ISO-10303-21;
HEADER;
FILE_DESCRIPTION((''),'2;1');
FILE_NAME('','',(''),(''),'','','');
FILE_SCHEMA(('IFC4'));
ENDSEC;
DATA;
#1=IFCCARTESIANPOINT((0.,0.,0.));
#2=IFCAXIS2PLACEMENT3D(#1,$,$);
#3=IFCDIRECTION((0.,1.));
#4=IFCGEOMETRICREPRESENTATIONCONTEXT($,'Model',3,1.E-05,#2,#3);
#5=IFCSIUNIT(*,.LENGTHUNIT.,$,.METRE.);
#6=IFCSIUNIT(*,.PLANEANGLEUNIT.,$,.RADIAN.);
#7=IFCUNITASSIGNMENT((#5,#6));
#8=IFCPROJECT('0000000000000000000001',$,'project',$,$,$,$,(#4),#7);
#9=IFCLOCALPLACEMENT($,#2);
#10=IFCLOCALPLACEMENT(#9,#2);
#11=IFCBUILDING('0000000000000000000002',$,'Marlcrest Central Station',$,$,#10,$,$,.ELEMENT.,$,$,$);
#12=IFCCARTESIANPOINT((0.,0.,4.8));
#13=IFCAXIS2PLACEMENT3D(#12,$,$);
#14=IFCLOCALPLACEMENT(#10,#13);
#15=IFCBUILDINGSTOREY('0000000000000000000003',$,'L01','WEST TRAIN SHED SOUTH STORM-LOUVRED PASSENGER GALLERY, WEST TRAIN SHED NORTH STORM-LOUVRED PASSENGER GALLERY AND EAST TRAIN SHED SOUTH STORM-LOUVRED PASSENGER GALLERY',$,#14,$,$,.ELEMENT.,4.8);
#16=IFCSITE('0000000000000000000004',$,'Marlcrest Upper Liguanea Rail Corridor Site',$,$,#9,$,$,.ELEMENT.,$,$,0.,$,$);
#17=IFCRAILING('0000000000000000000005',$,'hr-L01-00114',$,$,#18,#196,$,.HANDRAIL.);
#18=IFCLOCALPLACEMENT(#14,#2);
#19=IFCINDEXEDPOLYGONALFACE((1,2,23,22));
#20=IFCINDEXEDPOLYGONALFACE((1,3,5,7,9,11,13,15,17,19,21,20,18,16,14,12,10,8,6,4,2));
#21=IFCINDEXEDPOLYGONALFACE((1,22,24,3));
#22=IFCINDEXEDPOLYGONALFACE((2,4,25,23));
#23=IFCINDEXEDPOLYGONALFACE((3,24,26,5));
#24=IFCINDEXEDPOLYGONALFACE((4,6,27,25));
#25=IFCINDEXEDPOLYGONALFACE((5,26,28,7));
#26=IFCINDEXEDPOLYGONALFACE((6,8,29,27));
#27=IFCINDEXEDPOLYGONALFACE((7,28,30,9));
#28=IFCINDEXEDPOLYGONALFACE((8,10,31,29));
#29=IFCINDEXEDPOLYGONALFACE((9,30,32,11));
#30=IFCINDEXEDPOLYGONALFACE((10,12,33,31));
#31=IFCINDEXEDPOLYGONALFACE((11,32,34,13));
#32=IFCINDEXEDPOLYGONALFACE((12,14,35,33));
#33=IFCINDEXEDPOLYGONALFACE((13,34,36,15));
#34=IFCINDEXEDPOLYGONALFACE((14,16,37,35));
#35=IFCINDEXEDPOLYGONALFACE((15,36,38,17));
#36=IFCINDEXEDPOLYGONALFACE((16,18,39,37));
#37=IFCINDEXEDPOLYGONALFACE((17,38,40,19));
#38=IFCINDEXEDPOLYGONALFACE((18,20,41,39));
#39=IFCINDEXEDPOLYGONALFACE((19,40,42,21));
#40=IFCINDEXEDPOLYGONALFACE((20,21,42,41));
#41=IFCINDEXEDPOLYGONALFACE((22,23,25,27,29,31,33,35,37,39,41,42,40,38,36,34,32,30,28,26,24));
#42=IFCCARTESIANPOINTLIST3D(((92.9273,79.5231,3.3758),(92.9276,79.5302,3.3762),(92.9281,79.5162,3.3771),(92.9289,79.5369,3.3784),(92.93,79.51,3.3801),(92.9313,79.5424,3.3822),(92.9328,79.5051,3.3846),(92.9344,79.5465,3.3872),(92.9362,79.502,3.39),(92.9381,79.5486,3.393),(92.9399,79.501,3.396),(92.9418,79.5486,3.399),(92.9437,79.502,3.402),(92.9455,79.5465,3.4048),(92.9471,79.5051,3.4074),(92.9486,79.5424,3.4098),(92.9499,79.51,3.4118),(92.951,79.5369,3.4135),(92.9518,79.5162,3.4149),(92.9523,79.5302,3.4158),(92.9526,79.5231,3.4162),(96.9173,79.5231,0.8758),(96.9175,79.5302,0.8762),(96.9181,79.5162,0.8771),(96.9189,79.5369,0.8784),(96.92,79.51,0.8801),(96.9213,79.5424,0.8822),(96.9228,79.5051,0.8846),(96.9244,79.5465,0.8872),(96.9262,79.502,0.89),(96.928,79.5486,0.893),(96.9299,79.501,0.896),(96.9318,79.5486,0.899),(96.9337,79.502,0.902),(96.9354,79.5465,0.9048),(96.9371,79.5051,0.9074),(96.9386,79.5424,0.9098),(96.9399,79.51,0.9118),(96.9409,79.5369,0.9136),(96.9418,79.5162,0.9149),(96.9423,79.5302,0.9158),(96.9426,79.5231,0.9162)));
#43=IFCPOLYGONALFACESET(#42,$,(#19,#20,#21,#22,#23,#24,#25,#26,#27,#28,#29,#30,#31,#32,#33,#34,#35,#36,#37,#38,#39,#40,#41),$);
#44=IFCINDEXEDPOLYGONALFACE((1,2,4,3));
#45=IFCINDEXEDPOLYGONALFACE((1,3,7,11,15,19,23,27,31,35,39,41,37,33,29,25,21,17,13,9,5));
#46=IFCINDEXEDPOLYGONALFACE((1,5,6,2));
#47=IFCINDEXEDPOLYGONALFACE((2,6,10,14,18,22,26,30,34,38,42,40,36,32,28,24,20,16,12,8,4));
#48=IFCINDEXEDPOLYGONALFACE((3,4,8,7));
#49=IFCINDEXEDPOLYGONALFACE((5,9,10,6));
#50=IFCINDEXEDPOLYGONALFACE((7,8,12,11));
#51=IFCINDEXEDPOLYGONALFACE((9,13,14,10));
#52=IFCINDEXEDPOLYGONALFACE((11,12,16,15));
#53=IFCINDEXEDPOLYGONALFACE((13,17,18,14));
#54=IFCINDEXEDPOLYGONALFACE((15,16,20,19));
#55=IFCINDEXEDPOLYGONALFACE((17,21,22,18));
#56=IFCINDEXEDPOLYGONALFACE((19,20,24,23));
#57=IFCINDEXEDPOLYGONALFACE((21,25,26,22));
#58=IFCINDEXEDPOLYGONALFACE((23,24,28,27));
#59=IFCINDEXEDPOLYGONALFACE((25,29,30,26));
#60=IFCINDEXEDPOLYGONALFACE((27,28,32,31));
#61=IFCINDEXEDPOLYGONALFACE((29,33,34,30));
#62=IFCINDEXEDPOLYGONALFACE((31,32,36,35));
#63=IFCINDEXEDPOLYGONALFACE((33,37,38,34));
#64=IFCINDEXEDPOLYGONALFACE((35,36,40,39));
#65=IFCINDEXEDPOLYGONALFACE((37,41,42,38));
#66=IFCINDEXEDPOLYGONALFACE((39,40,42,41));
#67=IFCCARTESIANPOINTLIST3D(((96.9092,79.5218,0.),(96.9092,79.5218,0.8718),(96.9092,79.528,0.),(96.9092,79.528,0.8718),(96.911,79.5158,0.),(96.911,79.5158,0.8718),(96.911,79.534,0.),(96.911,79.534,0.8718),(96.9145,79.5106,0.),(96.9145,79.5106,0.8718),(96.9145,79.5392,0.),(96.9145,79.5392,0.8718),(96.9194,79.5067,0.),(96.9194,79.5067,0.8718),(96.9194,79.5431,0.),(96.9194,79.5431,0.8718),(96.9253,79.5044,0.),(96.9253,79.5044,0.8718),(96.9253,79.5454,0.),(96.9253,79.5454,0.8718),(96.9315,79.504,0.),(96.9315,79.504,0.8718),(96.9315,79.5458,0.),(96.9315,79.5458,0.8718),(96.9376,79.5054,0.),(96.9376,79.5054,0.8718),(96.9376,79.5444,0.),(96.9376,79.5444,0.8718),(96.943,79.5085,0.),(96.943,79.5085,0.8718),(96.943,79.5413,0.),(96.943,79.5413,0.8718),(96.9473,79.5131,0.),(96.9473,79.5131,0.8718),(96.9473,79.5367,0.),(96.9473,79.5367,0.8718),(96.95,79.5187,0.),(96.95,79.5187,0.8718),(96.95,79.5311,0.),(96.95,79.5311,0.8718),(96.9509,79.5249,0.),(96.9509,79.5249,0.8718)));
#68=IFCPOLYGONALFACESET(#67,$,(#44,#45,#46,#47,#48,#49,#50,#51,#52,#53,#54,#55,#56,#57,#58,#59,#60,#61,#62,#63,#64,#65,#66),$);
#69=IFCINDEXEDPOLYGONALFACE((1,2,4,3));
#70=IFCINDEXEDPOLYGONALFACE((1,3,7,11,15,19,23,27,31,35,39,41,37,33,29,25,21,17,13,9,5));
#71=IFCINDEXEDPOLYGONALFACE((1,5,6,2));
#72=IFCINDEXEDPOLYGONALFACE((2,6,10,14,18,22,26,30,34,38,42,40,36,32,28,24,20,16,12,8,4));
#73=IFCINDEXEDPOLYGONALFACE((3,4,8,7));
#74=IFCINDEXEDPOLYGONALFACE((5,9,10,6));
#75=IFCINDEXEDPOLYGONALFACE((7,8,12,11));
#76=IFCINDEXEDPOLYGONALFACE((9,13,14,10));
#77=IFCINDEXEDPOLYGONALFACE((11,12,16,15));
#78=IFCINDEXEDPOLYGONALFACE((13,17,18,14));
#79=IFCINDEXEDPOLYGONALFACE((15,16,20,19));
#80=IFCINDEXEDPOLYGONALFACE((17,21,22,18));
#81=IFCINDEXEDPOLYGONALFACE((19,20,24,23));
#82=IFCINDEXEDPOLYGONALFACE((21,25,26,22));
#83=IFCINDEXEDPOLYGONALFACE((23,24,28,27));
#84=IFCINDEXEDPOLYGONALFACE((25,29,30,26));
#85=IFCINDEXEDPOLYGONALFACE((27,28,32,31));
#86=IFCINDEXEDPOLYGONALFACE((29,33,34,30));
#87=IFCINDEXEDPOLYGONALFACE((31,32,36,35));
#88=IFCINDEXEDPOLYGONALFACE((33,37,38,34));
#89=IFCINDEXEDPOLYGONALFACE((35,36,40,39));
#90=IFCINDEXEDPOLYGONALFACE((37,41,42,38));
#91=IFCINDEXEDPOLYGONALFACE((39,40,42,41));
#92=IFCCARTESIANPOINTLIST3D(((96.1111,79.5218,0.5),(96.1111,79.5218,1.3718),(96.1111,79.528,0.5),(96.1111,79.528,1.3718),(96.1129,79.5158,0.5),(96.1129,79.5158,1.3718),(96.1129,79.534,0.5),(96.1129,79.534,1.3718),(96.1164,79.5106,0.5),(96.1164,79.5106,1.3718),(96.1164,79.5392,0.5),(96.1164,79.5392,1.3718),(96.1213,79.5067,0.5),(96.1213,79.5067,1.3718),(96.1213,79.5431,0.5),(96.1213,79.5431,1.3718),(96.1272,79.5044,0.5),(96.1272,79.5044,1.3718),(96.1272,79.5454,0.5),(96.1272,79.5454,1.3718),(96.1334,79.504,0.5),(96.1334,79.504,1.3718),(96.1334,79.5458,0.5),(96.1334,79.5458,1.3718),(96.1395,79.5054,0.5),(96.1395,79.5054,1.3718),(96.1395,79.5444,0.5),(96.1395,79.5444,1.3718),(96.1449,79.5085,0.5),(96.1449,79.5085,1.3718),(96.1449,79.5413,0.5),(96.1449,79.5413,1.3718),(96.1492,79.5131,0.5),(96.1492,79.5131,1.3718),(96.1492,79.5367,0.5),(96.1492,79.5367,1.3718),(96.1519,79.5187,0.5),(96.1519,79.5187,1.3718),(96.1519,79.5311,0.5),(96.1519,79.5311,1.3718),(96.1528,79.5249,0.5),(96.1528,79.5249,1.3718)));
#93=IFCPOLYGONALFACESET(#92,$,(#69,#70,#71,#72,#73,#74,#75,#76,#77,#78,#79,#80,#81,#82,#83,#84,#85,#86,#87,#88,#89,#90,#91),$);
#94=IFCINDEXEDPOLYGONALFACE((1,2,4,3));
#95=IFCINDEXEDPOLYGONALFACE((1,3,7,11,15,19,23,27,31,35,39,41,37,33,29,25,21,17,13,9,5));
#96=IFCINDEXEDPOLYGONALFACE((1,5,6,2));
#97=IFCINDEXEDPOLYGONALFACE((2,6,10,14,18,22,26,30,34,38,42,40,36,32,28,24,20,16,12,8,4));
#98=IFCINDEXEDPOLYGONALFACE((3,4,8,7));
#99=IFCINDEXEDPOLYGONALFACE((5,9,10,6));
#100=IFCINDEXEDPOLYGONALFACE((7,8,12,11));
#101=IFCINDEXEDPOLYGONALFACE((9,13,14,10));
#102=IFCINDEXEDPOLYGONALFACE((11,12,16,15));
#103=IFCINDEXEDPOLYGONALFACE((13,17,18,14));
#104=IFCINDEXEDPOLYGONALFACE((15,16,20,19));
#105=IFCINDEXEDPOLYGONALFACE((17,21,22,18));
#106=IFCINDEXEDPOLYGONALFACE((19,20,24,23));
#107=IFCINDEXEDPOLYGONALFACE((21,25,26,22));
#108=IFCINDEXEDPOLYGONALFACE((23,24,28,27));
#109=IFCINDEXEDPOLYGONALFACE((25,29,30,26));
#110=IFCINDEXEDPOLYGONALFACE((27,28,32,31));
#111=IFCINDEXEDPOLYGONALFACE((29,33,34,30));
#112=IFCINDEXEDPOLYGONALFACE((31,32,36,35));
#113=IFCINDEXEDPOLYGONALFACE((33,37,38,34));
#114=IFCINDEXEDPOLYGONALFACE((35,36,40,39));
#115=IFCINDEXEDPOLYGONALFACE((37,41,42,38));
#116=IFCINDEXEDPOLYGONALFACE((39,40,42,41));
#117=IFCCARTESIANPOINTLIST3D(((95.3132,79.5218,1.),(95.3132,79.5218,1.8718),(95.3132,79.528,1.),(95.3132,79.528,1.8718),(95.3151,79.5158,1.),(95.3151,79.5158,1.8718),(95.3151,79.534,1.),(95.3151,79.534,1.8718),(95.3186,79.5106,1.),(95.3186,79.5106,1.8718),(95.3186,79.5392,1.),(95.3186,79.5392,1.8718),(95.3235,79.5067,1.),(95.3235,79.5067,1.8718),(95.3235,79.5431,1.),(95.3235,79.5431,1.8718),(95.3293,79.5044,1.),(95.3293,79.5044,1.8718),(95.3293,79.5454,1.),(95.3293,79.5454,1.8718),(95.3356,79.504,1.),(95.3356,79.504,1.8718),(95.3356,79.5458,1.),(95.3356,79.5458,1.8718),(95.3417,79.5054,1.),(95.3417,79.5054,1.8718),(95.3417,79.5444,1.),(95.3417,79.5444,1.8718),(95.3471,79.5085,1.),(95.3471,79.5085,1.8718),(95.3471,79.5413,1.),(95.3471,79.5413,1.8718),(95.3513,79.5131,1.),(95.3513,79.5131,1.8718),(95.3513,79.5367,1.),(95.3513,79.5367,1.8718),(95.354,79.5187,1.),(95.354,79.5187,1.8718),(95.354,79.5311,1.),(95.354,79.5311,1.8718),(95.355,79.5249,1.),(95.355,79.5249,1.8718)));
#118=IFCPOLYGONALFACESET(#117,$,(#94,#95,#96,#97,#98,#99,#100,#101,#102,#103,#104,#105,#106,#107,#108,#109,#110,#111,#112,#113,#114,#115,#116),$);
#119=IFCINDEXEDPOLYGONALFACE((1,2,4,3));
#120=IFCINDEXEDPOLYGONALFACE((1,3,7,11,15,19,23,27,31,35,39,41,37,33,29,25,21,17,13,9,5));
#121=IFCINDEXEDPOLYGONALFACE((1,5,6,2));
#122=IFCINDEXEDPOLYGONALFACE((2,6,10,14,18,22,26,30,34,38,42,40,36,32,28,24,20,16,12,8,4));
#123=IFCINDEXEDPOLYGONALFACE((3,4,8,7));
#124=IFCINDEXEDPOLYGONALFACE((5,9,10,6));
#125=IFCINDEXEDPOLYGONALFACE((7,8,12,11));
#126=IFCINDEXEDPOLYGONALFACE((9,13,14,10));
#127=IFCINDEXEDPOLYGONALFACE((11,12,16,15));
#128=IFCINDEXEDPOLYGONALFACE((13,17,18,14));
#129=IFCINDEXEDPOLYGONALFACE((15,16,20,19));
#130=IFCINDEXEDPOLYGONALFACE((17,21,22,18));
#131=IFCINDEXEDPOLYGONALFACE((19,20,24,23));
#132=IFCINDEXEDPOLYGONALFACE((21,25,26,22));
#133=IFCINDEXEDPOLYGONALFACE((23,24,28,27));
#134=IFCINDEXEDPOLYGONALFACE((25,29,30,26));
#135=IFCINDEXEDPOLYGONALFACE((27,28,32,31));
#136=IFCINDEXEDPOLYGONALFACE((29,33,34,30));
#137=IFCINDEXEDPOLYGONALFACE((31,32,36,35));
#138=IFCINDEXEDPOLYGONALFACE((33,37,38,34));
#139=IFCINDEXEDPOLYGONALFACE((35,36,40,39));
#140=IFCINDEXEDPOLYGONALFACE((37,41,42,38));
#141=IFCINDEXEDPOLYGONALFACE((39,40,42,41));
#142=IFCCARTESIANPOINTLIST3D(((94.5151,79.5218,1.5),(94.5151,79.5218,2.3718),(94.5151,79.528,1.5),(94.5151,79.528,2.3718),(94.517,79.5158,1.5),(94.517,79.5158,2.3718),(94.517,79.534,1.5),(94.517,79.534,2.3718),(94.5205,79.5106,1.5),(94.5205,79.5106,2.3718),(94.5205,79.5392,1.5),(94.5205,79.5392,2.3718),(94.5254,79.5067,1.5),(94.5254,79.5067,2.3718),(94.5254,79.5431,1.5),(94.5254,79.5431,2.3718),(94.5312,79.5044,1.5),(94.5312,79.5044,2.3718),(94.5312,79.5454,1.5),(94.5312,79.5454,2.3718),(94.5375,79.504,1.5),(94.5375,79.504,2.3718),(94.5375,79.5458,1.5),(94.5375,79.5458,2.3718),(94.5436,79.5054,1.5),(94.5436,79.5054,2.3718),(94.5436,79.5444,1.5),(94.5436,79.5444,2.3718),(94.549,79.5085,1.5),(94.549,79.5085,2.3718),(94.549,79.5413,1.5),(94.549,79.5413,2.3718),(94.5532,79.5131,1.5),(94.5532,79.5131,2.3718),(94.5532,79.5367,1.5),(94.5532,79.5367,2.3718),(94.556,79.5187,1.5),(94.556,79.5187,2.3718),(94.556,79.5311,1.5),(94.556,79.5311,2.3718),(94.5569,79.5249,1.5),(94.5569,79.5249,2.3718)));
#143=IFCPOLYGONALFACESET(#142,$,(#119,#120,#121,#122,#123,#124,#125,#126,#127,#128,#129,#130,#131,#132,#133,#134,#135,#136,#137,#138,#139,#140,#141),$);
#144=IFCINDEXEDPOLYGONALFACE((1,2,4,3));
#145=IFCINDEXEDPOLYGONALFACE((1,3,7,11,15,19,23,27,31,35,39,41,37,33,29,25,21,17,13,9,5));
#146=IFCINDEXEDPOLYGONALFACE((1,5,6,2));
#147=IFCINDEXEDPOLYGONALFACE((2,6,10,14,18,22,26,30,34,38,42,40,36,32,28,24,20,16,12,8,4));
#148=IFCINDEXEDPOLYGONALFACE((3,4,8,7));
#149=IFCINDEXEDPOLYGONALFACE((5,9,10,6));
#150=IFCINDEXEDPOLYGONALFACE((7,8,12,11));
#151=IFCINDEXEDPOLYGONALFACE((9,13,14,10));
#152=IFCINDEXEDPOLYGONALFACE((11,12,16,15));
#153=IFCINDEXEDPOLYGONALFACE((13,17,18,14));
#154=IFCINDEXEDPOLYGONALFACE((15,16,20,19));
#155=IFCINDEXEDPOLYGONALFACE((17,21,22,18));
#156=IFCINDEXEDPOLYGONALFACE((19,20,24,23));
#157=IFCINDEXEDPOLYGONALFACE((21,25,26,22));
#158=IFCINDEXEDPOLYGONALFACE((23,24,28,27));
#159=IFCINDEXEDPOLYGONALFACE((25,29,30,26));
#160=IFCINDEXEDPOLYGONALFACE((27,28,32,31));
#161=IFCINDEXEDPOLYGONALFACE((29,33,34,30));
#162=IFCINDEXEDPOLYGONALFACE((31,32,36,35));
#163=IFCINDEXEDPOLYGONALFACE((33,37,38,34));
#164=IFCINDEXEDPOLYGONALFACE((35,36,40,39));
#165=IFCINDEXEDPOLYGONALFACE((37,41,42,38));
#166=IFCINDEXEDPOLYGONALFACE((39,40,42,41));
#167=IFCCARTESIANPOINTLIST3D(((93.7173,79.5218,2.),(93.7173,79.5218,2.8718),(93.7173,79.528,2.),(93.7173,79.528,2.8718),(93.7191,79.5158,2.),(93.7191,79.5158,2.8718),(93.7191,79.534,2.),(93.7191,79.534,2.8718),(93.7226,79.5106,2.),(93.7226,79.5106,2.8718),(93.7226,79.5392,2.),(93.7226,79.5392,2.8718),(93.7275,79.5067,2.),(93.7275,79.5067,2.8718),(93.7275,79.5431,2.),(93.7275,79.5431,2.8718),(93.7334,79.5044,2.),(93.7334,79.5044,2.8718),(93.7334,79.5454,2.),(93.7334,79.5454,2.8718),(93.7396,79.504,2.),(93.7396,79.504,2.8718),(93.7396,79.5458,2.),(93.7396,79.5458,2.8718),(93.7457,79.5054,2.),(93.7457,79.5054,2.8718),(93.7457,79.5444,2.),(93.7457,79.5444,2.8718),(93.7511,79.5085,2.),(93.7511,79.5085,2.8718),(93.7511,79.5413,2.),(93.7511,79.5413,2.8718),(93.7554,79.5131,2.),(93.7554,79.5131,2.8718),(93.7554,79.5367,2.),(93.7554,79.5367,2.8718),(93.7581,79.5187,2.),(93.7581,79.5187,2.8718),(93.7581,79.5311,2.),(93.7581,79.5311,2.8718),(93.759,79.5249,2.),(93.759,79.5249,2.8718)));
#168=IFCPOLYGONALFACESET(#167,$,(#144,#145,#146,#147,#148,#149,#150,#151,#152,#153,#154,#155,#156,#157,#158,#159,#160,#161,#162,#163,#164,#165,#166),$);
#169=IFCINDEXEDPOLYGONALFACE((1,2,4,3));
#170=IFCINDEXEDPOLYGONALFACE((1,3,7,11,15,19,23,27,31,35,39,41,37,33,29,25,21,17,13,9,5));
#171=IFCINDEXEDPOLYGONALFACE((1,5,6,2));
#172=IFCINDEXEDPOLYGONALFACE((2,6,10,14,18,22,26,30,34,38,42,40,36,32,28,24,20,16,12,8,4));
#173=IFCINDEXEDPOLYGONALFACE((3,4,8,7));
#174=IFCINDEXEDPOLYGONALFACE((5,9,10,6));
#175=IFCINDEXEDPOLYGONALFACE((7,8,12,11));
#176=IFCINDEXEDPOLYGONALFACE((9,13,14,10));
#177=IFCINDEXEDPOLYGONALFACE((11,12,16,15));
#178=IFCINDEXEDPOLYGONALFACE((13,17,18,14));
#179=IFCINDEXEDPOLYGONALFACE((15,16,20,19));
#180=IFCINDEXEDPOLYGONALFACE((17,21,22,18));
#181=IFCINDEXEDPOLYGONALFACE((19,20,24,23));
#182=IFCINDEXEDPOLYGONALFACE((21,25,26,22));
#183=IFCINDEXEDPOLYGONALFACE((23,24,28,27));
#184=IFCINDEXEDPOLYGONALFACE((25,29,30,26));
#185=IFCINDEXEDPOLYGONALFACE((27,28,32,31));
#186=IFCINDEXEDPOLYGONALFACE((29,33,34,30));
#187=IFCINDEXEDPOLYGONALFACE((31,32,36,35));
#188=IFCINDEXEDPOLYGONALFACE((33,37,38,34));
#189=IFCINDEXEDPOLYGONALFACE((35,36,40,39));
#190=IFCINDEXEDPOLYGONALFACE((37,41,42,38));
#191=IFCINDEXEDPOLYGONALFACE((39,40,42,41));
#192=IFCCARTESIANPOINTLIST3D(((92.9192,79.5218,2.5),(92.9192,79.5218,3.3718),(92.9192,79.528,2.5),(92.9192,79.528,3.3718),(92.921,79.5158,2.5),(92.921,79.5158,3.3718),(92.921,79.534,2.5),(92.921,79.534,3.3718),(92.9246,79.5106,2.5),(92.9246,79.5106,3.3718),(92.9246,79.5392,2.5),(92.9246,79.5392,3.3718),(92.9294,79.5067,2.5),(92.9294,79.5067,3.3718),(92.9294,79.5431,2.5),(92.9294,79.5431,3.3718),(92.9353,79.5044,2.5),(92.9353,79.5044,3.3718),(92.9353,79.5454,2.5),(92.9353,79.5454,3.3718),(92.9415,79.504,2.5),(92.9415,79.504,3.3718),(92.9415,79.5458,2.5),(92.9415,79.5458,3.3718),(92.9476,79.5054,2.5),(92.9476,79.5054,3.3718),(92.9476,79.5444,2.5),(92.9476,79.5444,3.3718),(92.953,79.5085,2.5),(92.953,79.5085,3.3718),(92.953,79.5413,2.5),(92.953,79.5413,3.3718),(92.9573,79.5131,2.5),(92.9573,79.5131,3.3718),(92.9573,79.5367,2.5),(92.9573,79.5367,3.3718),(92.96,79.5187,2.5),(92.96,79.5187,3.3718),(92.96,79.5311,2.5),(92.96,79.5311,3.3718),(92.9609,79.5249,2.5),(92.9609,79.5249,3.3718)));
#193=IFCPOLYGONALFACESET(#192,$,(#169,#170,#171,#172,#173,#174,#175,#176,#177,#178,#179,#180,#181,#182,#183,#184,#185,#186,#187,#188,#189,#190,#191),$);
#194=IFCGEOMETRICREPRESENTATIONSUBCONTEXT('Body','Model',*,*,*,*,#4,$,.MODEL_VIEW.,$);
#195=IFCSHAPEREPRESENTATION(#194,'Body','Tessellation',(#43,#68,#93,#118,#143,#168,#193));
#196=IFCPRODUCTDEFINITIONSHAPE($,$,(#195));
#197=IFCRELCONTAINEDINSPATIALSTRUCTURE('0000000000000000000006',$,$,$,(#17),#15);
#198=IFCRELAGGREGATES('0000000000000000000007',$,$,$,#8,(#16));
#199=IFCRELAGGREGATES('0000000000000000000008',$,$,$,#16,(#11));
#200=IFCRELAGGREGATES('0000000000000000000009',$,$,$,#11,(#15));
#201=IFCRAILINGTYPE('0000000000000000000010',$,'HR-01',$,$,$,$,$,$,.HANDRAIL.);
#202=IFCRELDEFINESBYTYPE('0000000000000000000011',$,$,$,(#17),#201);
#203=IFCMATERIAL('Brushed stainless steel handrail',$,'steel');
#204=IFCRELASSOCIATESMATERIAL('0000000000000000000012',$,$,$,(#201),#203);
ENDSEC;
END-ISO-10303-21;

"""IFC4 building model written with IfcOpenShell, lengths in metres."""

from ifc_helpers import new_model, si_unit, direction, frame, origin, origin_2d, place, context, subcontext, project, spatial, circle, extrude, material, type_object, element, save


model = new_model("IFC4")

# Units and contexts
model_context = context("Model", 3, precision=1e-05, world=origin(), true_north=direction((0.0, 1.0)))
body_context = subcontext(model_context, "Body", "Model", "MODEL_VIEW")
ifc_project = project(units=[si_unit("LENGTHUNIT", "METRE"), si_unit("PLANEANGLEUNIT", "RADIAN")], contexts=[model_context])

# Site, building, storey
site_placement = place(None, origin())
site = spatial("IfcSite", under=ifc_project, at=site_placement, Name="Marlcrest Upper Liguanea Rail Corridor Site", CompositionType="ELEMENT", RefElevation=0.0)
building_placement = place(site_placement, origin())
building = spatial("IfcBuilding", under=site, at=building_placement, Name="Marlcrest Central Station", CompositionType="ELEMENT")
storey_placement = place(building_placement, frame((0.0, 0.0, 4.8)))
storey = spatial("IfcBuildingStorey", under=building, at=storey_placement, Name="L01", Description="WEST TRAIN SHED SOUTH STORM-LOUVRED PASSENGER GALLERY, WEST TRAIN SHED NORTH STORM-LOUVRED PASSENGER GALLERY AND EAST TRAIN SHED SOUTH STORM-LOUVRED PASSENGER GALLERY", CompositionType="ELEMENT", Elevation=4.8)

# Railing
ifc_material_1 = material(Name="Brushed stainless steel handrail", Category="steel")
railing_type_1 = type_object("IfcRailingType", Name="HR-01", PredefinedType="HANDRAIL", material=ifc_material_1)
for number, where, name in (
    (1, (96.9299, 79.5249, 0.0), "hr-L01-00114"),
):
    element("IfcRailing", number, at=place(storey_placement, frame(where)), inside=storey, type_object=railing_type_1, Name=name, PredefinedType="HANDRAIL", context=body_context, shape_type="SweptSolid", body=[
        extrude(circle(Radius=0.0239, at=origin_2d()), frame((0.0, 0.0, 0.896), z_axis=(-0.847401, 0.0, 0.530954), x_axis=(0.0, -1.0, 0.0)), (0.0, 0.0, 1.0), 4.7085),
        extrude(circle(Radius=0.021, at=origin_2d()), origin(), (0.0, 0.0, 1.0), 0.8718),
        extrude(circle(Radius=0.021, at=origin_2d()), frame((-0.7981, 0.0, 0.5)), (0.0, 0.0, 1.0), 0.8718),
        extrude(circle(Radius=0.021, at=origin_2d()), frame((-1.5959, 0.0, 1.0)), (0.0, 0.0, 1.0), 0.8718),
        extrude(circle(Radius=0.021, at=origin_2d()), frame((-2.394, 0.0, 1.5)), (0.0, 0.0, 1.0), 0.8718),
        extrude(circle(Radius=0.021, at=origin_2d()), frame((-3.1919, 0.0, 2.0)), (0.0, 0.0, 1.0), 0.8718),
        extrude(circle(Radius=0.021, at=origin_2d()), frame((-3.99, 0.0, 2.5)), (0.0, 0.0, 1.0), 0.8718),
    ])

save(model, "model.ifc")
